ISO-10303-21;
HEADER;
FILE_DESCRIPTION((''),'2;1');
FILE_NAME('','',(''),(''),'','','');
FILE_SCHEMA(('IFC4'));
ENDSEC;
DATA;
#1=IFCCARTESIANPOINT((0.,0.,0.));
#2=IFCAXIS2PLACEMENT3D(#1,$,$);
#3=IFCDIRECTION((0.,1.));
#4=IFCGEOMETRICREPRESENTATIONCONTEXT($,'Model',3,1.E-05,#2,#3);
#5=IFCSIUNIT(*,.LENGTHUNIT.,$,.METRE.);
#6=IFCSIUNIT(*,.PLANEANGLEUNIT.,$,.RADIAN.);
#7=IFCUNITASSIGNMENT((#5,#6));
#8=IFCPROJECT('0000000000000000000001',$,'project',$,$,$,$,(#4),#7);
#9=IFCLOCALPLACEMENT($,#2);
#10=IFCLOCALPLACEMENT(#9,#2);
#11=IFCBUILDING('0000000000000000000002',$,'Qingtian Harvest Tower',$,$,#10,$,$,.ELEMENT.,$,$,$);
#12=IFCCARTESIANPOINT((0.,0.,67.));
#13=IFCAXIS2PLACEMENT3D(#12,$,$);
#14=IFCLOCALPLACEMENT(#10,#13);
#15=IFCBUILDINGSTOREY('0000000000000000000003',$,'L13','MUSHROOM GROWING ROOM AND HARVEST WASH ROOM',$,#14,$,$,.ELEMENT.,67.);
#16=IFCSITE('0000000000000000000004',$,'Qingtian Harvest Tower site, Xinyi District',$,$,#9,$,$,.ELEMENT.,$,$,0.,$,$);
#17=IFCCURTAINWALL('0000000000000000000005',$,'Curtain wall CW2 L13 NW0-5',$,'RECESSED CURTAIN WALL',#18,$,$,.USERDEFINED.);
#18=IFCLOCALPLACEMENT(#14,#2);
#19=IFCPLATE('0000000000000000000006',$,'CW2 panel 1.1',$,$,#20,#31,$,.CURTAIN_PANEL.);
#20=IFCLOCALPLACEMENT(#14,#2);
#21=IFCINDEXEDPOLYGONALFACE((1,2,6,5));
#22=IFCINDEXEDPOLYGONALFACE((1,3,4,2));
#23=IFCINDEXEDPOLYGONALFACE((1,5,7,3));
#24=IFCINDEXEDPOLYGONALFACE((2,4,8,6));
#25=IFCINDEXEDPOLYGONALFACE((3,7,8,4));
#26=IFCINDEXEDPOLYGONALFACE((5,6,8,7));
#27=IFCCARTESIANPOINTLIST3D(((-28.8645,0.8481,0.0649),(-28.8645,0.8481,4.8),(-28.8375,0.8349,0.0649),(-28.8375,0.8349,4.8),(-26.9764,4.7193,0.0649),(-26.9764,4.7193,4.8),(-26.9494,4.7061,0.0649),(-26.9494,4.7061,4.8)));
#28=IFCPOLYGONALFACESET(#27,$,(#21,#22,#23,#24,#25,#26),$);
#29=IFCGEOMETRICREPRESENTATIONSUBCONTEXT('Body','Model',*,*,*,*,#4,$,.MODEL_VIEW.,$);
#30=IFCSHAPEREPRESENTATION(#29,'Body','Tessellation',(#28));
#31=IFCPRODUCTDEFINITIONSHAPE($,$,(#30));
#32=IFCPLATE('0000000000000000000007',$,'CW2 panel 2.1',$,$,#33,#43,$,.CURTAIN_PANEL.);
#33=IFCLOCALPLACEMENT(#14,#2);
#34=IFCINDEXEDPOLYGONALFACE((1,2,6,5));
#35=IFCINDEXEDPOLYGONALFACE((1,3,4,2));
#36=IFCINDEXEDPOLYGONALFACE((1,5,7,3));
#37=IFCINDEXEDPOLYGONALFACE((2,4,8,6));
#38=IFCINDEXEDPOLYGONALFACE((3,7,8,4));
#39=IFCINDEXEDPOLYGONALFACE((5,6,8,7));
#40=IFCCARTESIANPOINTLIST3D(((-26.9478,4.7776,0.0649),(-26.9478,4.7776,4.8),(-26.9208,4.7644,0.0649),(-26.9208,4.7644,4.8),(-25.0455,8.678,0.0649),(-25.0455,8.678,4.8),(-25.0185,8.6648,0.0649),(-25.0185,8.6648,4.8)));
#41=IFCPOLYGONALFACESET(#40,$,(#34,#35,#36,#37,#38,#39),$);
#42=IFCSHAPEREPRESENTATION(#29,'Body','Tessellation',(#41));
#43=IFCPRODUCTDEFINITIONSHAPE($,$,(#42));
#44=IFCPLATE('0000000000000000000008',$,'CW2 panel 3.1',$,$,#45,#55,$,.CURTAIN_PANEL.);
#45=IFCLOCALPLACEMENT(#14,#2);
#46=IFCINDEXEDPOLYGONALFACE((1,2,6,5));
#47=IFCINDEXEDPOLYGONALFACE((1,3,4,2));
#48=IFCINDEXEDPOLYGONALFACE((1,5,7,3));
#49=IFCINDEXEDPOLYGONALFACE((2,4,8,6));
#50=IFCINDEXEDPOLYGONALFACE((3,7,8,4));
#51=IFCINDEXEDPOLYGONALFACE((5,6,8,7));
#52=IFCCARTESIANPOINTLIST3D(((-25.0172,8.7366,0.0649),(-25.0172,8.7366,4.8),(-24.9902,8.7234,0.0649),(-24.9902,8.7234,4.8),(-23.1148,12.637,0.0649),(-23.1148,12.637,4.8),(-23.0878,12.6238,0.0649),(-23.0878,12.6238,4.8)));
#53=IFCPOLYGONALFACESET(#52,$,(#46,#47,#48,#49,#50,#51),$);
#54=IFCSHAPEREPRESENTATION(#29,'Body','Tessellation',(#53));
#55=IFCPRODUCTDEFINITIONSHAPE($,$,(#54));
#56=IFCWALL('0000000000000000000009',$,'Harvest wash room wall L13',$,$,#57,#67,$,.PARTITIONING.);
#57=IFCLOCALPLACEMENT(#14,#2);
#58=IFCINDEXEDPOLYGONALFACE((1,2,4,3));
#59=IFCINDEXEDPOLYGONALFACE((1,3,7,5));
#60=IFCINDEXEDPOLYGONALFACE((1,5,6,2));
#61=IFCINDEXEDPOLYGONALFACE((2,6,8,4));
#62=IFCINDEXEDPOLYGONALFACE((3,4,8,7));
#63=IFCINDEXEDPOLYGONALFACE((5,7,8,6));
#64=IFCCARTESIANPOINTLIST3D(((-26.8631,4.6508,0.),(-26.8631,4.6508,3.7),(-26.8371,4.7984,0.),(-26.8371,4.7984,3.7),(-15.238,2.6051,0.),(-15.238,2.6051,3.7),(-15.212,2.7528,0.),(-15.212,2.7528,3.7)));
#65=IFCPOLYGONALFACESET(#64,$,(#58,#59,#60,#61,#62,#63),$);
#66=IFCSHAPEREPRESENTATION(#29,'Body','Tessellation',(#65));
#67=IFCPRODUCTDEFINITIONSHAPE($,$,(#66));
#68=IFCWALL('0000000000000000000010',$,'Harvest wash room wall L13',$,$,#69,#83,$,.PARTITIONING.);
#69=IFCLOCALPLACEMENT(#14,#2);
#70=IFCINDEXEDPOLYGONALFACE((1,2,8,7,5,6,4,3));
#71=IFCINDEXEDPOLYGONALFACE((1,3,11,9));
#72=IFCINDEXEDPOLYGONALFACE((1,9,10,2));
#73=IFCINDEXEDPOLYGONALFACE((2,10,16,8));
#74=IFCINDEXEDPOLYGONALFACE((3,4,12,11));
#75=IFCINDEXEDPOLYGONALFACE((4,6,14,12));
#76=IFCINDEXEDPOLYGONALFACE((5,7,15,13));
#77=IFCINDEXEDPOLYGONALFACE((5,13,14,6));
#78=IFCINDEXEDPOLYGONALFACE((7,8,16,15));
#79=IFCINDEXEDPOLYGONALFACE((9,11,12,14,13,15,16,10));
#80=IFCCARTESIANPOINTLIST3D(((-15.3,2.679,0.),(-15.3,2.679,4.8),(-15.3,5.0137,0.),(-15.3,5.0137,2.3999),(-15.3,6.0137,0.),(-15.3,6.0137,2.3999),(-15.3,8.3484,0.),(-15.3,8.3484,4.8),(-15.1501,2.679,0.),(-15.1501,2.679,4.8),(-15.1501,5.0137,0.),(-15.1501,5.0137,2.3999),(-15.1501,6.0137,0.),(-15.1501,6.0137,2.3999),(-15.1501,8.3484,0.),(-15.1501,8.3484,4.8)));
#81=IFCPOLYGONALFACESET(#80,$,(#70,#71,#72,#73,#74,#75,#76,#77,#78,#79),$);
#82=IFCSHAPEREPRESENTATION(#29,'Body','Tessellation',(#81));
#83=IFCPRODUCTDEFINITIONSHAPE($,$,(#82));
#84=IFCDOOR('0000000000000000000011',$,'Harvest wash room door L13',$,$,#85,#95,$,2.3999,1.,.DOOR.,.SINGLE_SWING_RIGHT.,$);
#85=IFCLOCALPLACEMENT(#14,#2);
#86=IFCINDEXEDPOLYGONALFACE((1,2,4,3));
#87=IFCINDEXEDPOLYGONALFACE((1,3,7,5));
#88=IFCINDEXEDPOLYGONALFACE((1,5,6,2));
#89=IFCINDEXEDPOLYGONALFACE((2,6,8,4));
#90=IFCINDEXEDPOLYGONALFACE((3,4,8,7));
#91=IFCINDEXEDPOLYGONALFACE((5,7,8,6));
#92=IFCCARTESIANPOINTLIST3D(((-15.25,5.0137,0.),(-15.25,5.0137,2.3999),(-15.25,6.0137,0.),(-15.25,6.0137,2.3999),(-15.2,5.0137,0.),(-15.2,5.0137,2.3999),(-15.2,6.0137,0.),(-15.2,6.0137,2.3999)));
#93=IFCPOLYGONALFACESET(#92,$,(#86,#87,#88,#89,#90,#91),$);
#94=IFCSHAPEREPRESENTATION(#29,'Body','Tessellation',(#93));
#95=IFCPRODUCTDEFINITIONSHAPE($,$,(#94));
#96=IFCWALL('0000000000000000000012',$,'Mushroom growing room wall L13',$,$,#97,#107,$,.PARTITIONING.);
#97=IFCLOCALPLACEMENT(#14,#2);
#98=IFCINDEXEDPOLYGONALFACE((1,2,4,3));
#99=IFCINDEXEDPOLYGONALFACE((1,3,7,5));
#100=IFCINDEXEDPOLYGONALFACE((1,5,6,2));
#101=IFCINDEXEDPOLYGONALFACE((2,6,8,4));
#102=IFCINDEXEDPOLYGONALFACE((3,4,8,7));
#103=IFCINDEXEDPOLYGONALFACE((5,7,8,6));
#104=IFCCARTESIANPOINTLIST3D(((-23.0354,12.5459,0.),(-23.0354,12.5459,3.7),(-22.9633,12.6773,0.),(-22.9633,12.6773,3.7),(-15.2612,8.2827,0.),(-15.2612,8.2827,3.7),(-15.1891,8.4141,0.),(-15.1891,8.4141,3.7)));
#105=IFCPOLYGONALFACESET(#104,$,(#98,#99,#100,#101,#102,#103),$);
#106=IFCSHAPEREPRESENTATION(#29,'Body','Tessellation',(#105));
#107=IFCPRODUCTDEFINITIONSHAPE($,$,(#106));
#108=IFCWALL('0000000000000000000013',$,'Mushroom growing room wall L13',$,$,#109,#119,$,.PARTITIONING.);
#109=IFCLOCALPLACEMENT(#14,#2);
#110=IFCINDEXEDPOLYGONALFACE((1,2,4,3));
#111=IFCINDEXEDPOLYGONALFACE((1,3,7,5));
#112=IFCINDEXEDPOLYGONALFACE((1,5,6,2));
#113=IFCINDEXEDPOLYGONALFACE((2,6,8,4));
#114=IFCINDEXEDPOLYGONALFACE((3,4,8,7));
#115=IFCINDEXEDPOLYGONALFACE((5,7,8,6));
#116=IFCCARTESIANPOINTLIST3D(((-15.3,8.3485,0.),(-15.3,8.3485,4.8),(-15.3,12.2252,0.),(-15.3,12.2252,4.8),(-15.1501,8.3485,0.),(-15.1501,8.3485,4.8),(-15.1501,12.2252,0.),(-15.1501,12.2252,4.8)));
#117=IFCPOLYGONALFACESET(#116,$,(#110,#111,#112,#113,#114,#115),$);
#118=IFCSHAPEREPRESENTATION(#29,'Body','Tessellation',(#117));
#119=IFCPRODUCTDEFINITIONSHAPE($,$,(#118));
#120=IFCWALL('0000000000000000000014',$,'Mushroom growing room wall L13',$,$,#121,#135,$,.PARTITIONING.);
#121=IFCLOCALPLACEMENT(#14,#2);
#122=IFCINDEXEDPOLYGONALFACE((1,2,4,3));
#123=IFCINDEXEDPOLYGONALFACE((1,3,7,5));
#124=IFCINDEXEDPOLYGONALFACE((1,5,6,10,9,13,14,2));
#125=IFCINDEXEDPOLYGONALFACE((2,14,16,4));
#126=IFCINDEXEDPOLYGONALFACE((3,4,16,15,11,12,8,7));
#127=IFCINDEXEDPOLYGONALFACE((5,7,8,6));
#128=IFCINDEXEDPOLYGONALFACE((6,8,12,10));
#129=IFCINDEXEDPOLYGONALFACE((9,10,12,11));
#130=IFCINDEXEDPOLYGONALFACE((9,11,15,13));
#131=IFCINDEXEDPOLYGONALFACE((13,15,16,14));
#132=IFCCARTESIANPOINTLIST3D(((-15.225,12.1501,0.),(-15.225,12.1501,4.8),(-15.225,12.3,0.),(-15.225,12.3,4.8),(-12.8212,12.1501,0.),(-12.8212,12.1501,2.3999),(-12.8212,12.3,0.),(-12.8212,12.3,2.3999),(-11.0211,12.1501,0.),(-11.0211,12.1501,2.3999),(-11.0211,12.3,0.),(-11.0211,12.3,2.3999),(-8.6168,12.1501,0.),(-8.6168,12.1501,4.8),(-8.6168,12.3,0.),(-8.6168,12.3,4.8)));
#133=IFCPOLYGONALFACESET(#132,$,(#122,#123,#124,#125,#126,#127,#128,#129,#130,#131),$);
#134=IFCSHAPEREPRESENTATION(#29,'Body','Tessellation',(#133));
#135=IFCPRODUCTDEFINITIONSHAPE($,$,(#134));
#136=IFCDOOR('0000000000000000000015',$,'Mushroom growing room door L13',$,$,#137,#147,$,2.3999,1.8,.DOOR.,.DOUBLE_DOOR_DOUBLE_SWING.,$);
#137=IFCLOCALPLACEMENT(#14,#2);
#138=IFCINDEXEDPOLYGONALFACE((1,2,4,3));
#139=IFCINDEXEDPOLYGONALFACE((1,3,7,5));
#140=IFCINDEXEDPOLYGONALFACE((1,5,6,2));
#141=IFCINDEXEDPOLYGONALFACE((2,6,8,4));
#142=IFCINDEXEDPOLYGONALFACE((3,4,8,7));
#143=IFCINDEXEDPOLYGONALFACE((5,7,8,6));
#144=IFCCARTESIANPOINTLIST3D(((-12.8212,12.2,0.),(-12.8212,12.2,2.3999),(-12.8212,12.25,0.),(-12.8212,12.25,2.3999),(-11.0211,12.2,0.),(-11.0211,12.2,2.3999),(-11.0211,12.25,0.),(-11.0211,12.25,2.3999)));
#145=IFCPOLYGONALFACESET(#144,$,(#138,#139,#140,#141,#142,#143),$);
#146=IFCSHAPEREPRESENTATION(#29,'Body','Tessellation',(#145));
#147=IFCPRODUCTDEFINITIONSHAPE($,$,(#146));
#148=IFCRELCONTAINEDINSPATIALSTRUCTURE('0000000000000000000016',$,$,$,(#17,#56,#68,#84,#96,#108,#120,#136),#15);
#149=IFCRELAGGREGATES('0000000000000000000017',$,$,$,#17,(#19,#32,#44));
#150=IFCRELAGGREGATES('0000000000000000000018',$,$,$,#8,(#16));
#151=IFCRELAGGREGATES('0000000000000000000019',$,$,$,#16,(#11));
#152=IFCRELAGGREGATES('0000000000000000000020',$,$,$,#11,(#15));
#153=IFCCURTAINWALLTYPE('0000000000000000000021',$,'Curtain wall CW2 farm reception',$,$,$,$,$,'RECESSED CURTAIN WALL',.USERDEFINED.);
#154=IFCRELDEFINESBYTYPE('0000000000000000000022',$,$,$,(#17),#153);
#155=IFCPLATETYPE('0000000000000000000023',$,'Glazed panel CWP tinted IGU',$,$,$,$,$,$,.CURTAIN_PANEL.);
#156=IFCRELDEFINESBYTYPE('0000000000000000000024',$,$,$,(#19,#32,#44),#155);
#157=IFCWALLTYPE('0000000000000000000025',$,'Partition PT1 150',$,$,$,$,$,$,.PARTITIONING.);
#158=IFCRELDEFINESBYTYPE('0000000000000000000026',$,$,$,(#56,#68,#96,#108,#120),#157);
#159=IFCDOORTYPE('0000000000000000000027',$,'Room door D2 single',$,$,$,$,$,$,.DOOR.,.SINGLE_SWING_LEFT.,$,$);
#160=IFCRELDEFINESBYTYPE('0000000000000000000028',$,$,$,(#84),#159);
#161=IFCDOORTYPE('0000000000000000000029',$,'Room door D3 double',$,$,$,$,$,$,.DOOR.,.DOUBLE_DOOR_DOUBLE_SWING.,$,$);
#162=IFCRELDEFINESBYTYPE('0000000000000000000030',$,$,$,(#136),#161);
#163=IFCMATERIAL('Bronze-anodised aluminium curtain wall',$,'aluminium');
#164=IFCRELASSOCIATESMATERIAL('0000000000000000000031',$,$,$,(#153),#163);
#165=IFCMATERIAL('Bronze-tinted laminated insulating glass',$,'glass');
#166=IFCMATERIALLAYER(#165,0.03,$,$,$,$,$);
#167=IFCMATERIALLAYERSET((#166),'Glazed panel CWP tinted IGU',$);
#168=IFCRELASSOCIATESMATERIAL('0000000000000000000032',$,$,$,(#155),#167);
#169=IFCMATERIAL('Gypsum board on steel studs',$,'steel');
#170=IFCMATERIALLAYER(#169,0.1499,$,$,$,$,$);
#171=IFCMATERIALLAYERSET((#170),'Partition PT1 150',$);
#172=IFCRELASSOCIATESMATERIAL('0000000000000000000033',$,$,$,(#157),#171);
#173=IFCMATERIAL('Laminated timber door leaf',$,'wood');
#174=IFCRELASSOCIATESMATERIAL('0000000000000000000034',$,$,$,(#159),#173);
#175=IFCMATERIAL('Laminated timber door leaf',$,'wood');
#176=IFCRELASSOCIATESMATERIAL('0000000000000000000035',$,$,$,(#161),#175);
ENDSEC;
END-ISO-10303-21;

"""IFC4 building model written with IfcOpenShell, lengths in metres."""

from ifc_helpers import new_model, si_unit, direction, frame, frame_2d, origin, origin_2d, place, context, subcontext, project, spatial, rectangle, extrude, material, layer, layer_set, type_object, element, fill, aggregate, save


model = new_model("IFC4")

# Units and contexts
model_context = context("Model", 3, precision=1e-05, world=origin(), true_north=direction((0.0, 1.0)))
body_context = subcontext(model_context, "Body", "Model", "MODEL_VIEW")
ifc_project = project(units=[si_unit("LENGTHUNIT", "METRE"), si_unit("PLANEANGLEUNIT", "RADIAN")], contexts=[model_context])

# Site, building, storey
site_placement = place(None, origin())
site = spatial("IfcSite", under=ifc_project, at=site_placement, Name="Qingtian Harvest Tower site, Xinyi District", CompositionType="ELEMENT", RefElevation=0.0)
building_placement = place(site_placement, origin())
building = spatial("IfcBuilding", under=site, at=building_placement, Name="Qingtian Harvest Tower", CompositionType="ELEMENT")
storey_placement = place(building_placement, frame((0.0, 0.0, 67.0)))
storey = spatial("IfcBuildingStorey", under=building, at=storey_placement, Name="L13", Description="MUSHROOM GROWING ROOM AND HARVEST WASH ROOM", CompositionType="ELEMENT", Elevation=67.0)

# Shared definitions
ifc_material_1 = material(Name="Bronze-anodised aluminium curtain wall", Category="aluminium")
curtain_wall_type = type_object("IfcCurtainWallType", Name="Curtain wall CW2 farm reception", ElementType="RECESSED CURTAIN WALL", PredefinedType="USERDEFINED", material=ifc_material_1)

# Curtain wall
curtain_wall_1_placement = place(storey_placement, origin())
curtain_wall_1 = element("IfcCurtainWall", 1, at=curtain_wall_1_placement, inside=storey, type_object=curtain_wall_type, Name="Curtain wall CW2 L13 NW0-5", ObjectType="RECESSED CURTAIN WALL", PredefinedType="USERDEFINED")

# Plates
ifc_material_2 = material(Name="Bronze-tinted laminated insulating glass", Category="glass")
ifc_layer_1 = layer(ifc_material_2, 0.03)
ifc_layer_set_1 = layer_set([ifc_layer_1], Name="Glazed panel CWP tinted IGU")
plate_type = type_object("IfcPlateType", Name="Glazed panel CWP tinted IGU", PredefinedType="CURTAIN_PANEL", material=ifc_layer_set_1)
plate_1_placement = place(storey_placement, frame((-27.907, 2.7771, 0.0649), z_axis=(0.0, 0.0, 1.0), x_axis=(0.438371, 0.898794, 0.0)))
plate_1 = element("IfcPlate", 2, at=plate_1_placement, type_object=plate_type, Name="CW2 panel 1.1", PredefinedType="CURTAIN_PANEL", context=body_context, shape_type="SweptSolid", body=[
    extrude(rectangle(XDim=4.3071, YDim=0.03, at=origin_2d()), origin(), (0.0, 0.0, 1.0), 4.7351),
])
plate_2_placement = place(storey_placement, frame((-25.9832, 6.7212, 0.0649), z_axis=(0.0, 0.0, 1.0), x_axis=(0.438371, 0.898794, 0.0)))
plate_2 = element("IfcPlate", 3, at=plate_2_placement, type_object=plate_type, Name="CW2 panel 2.1", PredefinedType="CURTAIN_PANEL", context=body_context, shape_type="SweptSolid", body=[
    extrude(rectangle(XDim=4.3396, YDim=0.03, at=origin_2d()), origin(), (0.0, 0.0, 1.0), 4.7351),
])
plate_3_placement = place(storey_placement, frame((-24.0525, 10.6802, 0.0649), z_axis=(0.0, 0.0, 1.0), x_axis=(0.438371, 0.898794, 0.0)))
plate_3 = element("IfcPlate", 4, at=plate_3_placement, type_object=plate_type, Name="CW2 panel 3.1", PredefinedType="CURTAIN_PANEL", context=body_context, shape_type="SweptSolid", body=[
    extrude(rectangle(XDim=4.3396, YDim=0.03, at=origin_2d()), origin(), (0.0, 0.0, 1.0), 4.7351),
])
aggregate(curtain_wall_1, [plate_1, plate_2, plate_3])

# Wall
ifc_material_3 = material(Name="Gypsum board on steel studs", Category="steel")
ifc_layer_2 = layer(ifc_material_3, 0.1499)
ifc_layer_set_2 = layer_set([ifc_layer_2], Name="Partition PT1 150")
wall_type = type_object("IfcWallType", Name="Partition PT1 150", PredefinedType="PARTITIONING", material=ifc_layer_set_2)
wall_1_placement = place(storey_placement, frame((-26.8501, 4.7246, 0.0), z_axis=(0.0, 0.0, 1.0), x_axis=(0.984868, -0.173307, 0.0)))
element("IfcWall", 5, at=wall_1_placement, inside=storey, type_object=wall_type, Name="Harvest wash room wall L13", PredefinedType="PARTITIONING", context=body_context, shape_type="SweptSolid", body=[
    extrude(rectangle(XDim=11.8037, YDim=0.1499, at=frame_2d((5.9019, 0.0))), origin(), (0.0, 0.0, 1.0), 3.7),
])

# Wall, opening, door
wall_2_placement = place(storey_placement, frame((-15.2251, 2.679, 0.0), z_axis=(0.0, 0.0, 1.0), x_axis=(0.0, 1.0, 0.0)))
wall_2 = element("IfcWall", 6, at=wall_2_placement, inside=storey, type_object=wall_type, Name="Harvest wash room wall L13", PredefinedType="PARTITIONING", context=body_context, shape_type="SweptSolid", body=[
    extrude(rectangle(XDim=5.6694, YDim=0.1499, at=frame_2d((2.8347, 0.0))), origin(), (0.0, 0.0, 1.0), 4.8),
])
opening_1_placement = place(wall_2_placement, frame((2.3347, 0.0, 0.0)))
opening_1 = element("IfcOpeningElement", 7, at=opening_1_placement, cuts=wall_2, PredefinedType="OPENING", context=body_context, shape_type="SweptSolid", body=[
    extrude(rectangle(XDim=1.0, YDim=2.3999, at=frame_2d((0.5, 1.2))), frame((0.0, 0.085, 0.0), z_axis=(0.0, -1.0, 0.0), x_axis=(1.0, 0.0, 0.0)), (0.0, 0.0, 1.0), 0.1699),
])
ifc_material_4 = material(Name="Laminated timber door leaf", Category="wood")
door_type_1 = type_object("IfcDoorType", Name="Room door D2 single", OperationType="SINGLE_SWING_LEFT", PredefinedType="DOOR", material=ifc_material_4)
door_1_placement = place(opening_1_placement, origin())
door_1 = element("IfcDoor", 8, at=door_1_placement, inside=storey, type_object=door_type_1, Name="Harvest wash room door L13", OperationType="SINGLE_SWING_RIGHT", OverallHeight=2.3999, OverallWidth=1.0, PredefinedType="DOOR", context=body_context, shape_type="SweptSolid", body=[
    extrude(rectangle(XDim=1.0, YDim=2.3999, at=frame_2d((0.5, 1.2))), frame((0.0, 0.0249, 0.0), z_axis=(0.0, -1.0, 0.0), x_axis=(1.0, 0.0, 0.0)), (0.0, 0.0, 1.0), 0.05),
])
fill(opening_1, door_1)

# Walls
wall_3_placement = place(storey_placement, frame((-22.9993, 12.6116, 0.0), z_axis=(0.0, 0.0, 1.0), x_axis=(0.876816, -0.480826, 0.0)))
element("IfcWall", 9, at=wall_3_placement, inside=storey, type_object=wall_type, Name="Mushroom growing room wall L13", PredefinedType="PARTITIONING", context=body_context, shape_type="SweptSolid", body=[
    extrude(rectangle(XDim=8.8665, YDim=0.1499, at=frame_2d((4.4331, 0.0))), origin(), (0.0, 0.0, 1.0), 3.7),
])
wall_4_placement = place(storey_placement, frame((-15.2251, 8.3484, 0.0), z_axis=(0.0, 0.0, 1.0), x_axis=(0.0, 1.0, 0.0)))
element("IfcWall", 10, at=wall_4_placement, inside=storey, type_object=wall_type, Name="Mushroom growing room wall L13", PredefinedType="PARTITIONING", context=body_context, shape_type="SweptSolid", body=[
    extrude(rectangle(XDim=3.8767, YDim=0.1499, at=frame_2d((1.9385, 0.0))), origin(), (0.0, 0.0, 1.0), 4.8),
])

# Wall, opening, door
wall_5_placement = place(storey_placement, frame((-15.2251, 12.2251, 0.0), z_axis=(0.0, 0.0, 1.0), x_axis=(1.0, 0.0, 0.0)))
wall_5 = element("IfcWall", 11, at=wall_5_placement, inside=storey, type_object=wall_type, Name="Mushroom growing room wall L13", PredefinedType="PARTITIONING", context=body_context, shape_type="SweptSolid", body=[
    extrude(rectangle(XDim=6.6082, YDim=0.1499, at=frame_2d((3.3042, 0.0))), origin(), (0.0, 0.0, 1.0), 4.8),
])
opening_2_placement = place(wall_5_placement, frame((2.4041, 0.0, 0.0)))
opening_2 = element("IfcOpeningElement", 12, at=opening_2_placement, cuts=wall_5, PredefinedType="OPENING", context=body_context, shape_type="SweptSolid", body=[
    extrude(rectangle(XDim=1.8, YDim=2.3999, at=frame_2d((0.8999, 1.2))), frame((0.0, 0.085, 0.0), z_axis=(0.0, -1.0, 0.0), x_axis=(1.0, 0.0, 0.0)), (0.0, 0.0, 1.0), 0.1699),
])
ifc_material_5 = material(Name="Laminated timber door leaf", Category="wood")
door_type_2 = type_object("IfcDoorType", Name="Room door D3 double", OperationType="DOUBLE_DOOR_DOUBLE_SWING", PredefinedType="DOOR", material=ifc_material_5)
door_2_placement = place(opening_2_placement, origin())
door_2 = element("IfcDoor", 13, at=door_2_placement, inside=storey, type_object=door_type_2, Name="Mushroom growing room door L13", OperationType="DOUBLE_DOOR_DOUBLE_SWING", OverallHeight=2.3999, OverallWidth=1.8, PredefinedType="DOOR", context=body_context, shape_type="SweptSolid", body=[
    extrude(rectangle(XDim=1.8, YDim=2.3999, at=frame_2d((0.8999, 1.2))), frame((0.0, 0.0249, 0.0), z_axis=(0.0, -1.0, 0.0), x_axis=(1.0, 0.0, 0.0)), (0.0, 0.0, 1.0), 0.05),
])
fill(opening_2, door_2)

save(model, "model.ifc")
